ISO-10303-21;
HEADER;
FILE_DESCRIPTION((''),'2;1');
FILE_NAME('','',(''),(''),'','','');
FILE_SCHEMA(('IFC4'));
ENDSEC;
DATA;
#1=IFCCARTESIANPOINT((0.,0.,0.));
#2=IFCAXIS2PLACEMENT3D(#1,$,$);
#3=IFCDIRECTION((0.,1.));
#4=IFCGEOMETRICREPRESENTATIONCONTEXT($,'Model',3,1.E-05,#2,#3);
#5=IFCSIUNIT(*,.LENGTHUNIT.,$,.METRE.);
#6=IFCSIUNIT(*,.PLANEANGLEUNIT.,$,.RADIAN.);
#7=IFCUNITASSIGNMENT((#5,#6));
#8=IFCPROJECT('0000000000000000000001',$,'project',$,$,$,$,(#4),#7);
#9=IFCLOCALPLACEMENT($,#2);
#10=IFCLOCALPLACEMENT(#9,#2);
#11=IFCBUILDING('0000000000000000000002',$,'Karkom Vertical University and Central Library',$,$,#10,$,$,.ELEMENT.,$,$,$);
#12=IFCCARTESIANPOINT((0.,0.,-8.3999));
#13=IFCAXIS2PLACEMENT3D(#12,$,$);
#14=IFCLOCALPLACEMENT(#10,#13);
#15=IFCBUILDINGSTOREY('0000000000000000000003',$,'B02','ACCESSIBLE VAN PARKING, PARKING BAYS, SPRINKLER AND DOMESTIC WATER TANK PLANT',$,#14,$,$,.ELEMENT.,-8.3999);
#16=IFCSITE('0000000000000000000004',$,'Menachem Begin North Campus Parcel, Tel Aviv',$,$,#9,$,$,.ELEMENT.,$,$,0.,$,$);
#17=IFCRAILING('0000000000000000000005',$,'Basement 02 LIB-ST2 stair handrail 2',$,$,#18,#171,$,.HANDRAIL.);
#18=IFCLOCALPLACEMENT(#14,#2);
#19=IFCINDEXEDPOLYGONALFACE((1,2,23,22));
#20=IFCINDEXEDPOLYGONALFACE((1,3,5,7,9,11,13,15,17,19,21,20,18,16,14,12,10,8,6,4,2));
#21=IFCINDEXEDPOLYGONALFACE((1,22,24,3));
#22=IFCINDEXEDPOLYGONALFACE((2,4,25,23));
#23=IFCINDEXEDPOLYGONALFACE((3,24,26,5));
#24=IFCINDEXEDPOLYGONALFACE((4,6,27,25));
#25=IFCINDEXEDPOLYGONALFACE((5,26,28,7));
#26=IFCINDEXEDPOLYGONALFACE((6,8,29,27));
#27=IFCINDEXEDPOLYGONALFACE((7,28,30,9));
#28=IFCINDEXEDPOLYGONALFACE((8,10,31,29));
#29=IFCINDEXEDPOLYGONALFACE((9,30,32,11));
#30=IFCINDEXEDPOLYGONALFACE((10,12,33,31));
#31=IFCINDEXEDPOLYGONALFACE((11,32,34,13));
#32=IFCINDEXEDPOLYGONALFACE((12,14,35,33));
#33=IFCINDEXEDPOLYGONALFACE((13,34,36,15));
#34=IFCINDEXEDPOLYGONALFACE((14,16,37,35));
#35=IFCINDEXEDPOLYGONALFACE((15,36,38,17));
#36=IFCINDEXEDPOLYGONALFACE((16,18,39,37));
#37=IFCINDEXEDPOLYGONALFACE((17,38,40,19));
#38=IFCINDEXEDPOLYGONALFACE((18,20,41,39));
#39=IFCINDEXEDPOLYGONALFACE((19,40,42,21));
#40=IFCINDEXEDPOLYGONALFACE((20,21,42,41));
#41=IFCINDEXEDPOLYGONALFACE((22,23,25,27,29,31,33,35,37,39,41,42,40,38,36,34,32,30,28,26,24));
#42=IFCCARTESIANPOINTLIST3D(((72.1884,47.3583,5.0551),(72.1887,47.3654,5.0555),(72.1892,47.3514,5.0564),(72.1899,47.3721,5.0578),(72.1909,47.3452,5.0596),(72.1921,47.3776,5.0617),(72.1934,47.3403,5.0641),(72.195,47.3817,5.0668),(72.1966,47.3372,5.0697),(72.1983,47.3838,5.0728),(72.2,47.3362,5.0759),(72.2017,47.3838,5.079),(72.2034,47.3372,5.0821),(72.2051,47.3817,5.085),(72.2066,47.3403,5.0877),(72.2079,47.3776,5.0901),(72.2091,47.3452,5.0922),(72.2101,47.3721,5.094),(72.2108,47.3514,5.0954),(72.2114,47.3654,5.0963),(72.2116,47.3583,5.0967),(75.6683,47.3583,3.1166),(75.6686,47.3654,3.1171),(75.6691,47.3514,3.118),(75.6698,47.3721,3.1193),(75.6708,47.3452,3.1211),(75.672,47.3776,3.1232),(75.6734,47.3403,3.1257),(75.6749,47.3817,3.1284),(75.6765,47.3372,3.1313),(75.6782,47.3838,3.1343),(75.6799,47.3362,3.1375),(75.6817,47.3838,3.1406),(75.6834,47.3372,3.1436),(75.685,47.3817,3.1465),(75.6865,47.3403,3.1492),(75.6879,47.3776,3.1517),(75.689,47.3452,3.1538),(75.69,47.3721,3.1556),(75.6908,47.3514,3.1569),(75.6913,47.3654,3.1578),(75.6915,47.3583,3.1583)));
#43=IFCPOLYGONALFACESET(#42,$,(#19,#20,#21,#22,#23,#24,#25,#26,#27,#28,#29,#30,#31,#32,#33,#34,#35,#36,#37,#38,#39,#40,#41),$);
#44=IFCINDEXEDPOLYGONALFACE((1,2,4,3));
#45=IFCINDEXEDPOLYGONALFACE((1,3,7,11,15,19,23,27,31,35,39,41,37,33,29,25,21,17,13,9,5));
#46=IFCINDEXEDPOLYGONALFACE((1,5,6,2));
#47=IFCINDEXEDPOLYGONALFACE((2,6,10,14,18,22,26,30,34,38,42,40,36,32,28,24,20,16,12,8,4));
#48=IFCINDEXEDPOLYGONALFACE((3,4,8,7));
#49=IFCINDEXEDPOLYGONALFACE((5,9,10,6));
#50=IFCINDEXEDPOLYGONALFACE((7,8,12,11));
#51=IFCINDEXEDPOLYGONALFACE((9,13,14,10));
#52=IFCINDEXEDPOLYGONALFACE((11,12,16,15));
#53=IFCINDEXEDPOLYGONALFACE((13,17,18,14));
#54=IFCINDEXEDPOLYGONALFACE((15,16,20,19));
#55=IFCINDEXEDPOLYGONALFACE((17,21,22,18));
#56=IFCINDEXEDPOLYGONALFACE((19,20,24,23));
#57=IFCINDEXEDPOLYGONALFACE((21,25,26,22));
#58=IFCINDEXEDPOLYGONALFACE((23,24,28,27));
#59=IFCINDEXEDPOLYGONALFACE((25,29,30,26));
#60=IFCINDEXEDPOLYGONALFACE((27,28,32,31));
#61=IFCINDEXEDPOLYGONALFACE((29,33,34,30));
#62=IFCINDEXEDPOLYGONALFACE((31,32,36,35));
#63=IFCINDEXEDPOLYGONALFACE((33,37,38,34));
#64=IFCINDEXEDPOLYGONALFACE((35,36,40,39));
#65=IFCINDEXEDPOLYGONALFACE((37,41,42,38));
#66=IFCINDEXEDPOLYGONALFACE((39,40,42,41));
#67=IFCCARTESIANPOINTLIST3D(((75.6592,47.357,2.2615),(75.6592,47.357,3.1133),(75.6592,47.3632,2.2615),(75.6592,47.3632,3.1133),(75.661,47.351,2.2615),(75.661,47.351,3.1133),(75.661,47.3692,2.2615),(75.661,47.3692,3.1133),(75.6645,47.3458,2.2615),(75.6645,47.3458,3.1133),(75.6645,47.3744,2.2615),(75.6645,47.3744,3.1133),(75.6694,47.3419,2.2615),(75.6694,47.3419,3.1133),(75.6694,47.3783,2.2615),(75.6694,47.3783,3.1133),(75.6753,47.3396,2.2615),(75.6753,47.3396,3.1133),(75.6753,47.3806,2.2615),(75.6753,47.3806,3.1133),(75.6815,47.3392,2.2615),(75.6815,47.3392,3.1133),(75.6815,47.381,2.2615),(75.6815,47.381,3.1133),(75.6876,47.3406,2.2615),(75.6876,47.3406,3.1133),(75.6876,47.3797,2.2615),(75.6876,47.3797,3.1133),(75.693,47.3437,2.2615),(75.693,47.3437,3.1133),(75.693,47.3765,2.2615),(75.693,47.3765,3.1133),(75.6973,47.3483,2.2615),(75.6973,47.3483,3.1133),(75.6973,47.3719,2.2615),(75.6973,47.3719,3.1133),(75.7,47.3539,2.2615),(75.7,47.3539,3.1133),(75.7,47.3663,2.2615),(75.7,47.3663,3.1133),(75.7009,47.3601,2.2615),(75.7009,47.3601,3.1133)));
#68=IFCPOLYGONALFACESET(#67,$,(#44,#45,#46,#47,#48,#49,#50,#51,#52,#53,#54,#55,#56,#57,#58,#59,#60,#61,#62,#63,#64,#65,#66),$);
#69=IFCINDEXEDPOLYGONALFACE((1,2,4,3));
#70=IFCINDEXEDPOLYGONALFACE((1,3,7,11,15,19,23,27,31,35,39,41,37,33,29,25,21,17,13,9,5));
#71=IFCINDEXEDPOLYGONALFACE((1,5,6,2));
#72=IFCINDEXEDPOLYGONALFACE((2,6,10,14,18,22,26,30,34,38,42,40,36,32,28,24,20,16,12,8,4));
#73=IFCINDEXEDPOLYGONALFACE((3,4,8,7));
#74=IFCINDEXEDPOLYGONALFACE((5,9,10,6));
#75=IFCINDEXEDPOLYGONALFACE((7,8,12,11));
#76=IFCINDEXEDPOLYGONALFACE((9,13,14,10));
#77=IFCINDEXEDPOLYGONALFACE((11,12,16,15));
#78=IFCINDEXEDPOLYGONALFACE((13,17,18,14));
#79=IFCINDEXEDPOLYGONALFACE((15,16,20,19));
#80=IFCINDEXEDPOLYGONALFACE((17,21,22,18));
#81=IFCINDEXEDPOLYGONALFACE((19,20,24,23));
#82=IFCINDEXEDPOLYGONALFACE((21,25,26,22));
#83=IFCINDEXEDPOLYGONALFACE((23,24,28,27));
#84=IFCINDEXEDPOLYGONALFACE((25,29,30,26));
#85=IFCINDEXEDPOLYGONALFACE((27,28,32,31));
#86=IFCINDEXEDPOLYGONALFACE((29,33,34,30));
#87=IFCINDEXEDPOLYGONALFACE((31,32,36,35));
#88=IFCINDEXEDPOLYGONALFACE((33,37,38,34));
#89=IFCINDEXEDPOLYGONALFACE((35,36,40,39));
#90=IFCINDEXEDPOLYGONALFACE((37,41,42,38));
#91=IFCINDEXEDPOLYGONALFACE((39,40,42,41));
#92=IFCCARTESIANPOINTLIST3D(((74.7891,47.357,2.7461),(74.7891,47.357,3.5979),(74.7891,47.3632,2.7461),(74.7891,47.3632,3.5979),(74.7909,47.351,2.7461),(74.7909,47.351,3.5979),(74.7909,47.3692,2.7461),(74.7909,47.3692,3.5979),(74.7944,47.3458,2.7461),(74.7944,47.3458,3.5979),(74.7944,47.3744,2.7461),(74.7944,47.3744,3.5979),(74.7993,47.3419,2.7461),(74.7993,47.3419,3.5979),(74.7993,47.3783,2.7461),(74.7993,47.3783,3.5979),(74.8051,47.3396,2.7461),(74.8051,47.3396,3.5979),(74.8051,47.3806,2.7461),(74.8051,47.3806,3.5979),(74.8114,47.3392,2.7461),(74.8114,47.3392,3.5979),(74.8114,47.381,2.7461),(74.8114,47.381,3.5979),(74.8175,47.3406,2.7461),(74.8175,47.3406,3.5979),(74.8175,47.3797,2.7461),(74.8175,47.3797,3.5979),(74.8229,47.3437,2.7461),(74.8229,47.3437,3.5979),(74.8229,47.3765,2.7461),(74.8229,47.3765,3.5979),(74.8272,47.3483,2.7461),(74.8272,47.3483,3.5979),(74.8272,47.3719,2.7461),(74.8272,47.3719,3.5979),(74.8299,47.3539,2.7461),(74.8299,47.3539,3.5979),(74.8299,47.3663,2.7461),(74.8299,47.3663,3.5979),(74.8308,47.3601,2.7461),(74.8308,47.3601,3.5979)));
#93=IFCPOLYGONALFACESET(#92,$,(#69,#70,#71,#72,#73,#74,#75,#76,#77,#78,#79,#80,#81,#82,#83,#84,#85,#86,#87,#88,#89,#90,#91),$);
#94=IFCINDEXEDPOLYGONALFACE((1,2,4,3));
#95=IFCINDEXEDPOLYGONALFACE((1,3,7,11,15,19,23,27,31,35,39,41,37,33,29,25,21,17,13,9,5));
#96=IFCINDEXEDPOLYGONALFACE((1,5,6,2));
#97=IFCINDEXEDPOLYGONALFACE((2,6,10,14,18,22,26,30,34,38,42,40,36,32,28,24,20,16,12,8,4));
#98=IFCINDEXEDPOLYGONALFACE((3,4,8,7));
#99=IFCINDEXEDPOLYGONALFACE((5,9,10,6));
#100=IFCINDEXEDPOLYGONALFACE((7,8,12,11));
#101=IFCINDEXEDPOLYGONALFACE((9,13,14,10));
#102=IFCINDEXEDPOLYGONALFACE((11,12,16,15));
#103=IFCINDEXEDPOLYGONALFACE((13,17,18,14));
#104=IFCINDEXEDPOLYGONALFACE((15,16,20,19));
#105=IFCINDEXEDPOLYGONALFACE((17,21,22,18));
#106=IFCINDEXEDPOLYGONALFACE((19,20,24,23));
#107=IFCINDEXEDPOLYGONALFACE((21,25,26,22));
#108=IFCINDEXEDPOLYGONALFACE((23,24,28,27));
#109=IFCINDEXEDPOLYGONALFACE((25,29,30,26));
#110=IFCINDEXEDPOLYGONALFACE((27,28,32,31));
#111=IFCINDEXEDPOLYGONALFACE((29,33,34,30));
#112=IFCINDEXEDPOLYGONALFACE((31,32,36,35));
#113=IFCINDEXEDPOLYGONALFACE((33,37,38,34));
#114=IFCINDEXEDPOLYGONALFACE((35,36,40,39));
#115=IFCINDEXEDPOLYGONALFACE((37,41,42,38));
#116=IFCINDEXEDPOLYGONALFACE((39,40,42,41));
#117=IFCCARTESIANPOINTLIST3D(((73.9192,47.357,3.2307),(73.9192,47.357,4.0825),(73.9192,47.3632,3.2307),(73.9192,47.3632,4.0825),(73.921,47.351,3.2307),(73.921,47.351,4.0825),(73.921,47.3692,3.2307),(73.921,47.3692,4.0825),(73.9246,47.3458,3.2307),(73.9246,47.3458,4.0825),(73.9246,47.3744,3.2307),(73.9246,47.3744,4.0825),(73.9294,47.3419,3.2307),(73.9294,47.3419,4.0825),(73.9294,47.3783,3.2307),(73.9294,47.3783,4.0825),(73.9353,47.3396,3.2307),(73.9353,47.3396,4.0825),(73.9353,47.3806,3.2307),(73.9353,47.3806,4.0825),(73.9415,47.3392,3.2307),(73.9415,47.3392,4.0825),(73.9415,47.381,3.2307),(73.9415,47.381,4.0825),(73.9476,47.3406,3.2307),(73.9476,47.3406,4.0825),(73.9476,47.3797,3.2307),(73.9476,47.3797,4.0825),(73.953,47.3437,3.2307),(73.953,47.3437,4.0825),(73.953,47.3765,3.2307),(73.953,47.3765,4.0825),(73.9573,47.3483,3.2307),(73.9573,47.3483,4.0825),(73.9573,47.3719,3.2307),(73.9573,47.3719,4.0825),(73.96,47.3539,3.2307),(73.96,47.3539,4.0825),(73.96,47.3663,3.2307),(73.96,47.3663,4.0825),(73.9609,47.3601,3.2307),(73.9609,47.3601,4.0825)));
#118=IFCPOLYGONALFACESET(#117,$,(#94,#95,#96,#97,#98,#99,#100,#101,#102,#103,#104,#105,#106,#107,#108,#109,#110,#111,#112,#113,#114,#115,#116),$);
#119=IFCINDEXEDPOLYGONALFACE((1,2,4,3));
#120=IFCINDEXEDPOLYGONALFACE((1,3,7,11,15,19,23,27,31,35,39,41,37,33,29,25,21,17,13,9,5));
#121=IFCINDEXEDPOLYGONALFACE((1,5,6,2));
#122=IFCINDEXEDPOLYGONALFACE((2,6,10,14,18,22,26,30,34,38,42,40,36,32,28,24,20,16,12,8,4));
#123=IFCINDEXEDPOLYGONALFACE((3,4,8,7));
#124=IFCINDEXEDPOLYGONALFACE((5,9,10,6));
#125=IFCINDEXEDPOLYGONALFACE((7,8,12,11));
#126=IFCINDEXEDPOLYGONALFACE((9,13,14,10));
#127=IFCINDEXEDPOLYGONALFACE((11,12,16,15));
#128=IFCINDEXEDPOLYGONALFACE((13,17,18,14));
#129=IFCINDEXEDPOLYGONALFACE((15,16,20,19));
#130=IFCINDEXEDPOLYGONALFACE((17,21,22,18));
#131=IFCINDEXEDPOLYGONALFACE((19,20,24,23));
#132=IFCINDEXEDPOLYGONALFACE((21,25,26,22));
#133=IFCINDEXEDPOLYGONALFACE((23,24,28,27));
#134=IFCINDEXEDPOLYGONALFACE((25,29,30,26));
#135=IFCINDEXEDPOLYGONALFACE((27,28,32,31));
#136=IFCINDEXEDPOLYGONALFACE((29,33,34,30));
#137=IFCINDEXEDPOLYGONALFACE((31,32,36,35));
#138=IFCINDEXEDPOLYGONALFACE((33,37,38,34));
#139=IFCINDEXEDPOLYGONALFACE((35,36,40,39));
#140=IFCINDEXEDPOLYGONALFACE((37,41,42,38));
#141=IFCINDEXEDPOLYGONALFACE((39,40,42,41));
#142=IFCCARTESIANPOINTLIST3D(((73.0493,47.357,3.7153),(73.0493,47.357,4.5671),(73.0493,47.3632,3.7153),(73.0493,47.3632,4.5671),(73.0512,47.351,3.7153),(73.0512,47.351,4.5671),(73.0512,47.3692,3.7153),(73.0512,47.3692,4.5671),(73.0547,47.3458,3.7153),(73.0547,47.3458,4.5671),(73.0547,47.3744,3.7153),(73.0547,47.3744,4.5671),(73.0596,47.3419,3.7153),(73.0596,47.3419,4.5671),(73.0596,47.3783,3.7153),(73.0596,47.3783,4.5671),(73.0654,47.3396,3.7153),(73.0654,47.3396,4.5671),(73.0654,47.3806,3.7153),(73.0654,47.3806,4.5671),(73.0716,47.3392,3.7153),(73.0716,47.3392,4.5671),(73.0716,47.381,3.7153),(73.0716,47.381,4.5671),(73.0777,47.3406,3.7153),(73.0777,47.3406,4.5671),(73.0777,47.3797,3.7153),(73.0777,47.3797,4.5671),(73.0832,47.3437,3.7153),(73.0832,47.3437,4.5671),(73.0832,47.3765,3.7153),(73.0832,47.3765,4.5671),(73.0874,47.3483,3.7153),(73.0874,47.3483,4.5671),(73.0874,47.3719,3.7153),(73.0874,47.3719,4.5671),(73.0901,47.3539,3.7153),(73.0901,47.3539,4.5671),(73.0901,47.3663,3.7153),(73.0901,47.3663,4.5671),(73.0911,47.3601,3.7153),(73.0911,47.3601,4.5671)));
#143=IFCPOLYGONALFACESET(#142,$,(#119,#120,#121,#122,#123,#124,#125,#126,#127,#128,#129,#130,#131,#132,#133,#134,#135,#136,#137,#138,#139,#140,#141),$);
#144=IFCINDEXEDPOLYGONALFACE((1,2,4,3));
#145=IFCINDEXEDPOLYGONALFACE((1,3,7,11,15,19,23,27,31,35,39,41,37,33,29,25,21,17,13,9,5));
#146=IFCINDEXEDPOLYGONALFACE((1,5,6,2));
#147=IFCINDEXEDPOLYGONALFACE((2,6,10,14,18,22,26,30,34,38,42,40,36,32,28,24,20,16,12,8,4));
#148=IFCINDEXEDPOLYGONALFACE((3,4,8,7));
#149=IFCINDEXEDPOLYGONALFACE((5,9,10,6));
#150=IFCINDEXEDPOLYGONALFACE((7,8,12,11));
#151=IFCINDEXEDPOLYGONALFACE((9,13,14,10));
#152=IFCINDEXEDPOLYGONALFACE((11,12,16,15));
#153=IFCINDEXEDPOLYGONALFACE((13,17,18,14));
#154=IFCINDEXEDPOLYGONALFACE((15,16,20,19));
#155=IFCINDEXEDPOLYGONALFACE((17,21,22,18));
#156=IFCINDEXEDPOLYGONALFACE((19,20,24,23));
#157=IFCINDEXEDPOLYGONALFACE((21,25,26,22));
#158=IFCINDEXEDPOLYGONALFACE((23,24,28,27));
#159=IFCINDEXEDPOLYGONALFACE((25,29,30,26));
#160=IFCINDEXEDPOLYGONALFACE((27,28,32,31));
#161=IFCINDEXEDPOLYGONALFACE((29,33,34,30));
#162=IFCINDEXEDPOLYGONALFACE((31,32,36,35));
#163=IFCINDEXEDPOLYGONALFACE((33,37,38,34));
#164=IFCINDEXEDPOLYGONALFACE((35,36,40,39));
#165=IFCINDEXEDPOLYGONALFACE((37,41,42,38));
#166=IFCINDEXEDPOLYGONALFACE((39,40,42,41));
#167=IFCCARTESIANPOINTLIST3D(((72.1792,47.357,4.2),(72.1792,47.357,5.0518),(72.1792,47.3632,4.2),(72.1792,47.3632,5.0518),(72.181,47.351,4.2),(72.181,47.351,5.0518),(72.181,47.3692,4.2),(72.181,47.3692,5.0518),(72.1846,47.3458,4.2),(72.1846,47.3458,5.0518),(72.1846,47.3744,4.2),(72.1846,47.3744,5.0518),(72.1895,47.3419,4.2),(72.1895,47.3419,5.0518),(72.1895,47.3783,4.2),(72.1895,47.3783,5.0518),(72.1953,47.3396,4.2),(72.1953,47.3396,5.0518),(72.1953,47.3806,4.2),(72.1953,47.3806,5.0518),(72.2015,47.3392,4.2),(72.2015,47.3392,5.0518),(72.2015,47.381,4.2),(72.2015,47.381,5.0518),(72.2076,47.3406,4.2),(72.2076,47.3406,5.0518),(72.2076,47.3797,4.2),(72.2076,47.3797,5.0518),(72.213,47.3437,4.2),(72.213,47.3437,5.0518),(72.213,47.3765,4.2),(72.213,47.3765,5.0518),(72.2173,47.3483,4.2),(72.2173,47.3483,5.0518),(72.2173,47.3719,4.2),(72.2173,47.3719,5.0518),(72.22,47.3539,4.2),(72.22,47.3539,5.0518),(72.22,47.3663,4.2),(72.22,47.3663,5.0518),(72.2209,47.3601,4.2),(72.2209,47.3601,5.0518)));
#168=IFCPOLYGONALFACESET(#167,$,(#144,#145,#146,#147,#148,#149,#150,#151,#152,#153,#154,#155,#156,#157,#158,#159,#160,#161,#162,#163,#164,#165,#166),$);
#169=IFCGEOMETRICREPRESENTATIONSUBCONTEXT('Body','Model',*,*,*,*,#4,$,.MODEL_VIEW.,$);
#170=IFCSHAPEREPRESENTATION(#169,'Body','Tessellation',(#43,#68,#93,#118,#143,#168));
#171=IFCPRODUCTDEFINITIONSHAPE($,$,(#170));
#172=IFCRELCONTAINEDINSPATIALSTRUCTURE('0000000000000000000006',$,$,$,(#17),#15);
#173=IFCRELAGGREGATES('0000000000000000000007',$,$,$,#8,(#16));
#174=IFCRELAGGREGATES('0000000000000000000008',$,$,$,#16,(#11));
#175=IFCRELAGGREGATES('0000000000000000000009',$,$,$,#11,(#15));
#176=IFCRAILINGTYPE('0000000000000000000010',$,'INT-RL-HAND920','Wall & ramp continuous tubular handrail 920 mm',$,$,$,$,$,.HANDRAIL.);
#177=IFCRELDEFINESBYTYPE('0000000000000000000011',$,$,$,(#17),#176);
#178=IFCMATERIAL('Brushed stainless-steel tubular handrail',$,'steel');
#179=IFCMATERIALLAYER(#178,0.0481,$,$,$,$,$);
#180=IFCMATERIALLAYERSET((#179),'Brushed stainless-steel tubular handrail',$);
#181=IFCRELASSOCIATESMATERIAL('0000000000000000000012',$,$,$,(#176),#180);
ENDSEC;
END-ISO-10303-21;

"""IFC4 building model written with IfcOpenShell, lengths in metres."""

from ifc_helpers import new_model, si_unit, direction, frame, origin, origin_2d, place, context, subcontext, project, spatial, circle, extrude, material, layer, layer_set, type_object, element, save


model = new_model("IFC4")

# Units and contexts
model_context = context("Model", 3, precision=1e-05, world=origin(), true_north=direction((0.0, 1.0)))
body_context = subcontext(model_context, "Body", "Model", "MODEL_VIEW")
ifc_project = project(units=[si_unit("LENGTHUNIT", "METRE"), si_unit("PLANEANGLEUNIT", "RADIAN")], contexts=[model_context])

# Site, building, storey
site_placement = place(None, origin())
site = spatial("IfcSite", under=ifc_project, at=site_placement, Name="Menachem Begin North Campus Parcel, Tel Aviv", CompositionType="ELEMENT", RefElevation=0.0)
building_placement = place(site_placement, origin())
building = spatial("IfcBuilding", under=site, at=building_placement, Name="Karkom Vertical University and Central Library", CompositionType="ELEMENT")
storey_placement = place(building_placement, frame((0.0, 0.0, -8.3999)))
storey = spatial("IfcBuildingStorey", under=building, at=storey_placement, Name="B02", Description="ACCESSIBLE VAN PARKING, PARKING BAYS, SPRINKLER AND DOMESTIC WATER TANK PLANT", CompositionType="ELEMENT", Elevation=-8.3999)

# Railing
ifc_material_1 = material(Name="Brushed stainless-steel tubular handrail", Category="steel")
ifc_layer_1 = layer(ifc_material_1, 0.0481)
ifc_layer_set_1 = layer_set([ifc_layer_1], Name="Brushed stainless-steel tubular handrail")
railing_type_1 = type_object("IfcRailingType", Name="INT-RL-HAND920", Description="Wall & ramp continuous tubular handrail 920 mm", PredefinedType="HANDRAIL", material=ifc_layer_set_1)
railing_1_placement = place(storey_placement, frame((75.6799, 47.3601, 2.2615)))
element("IfcRailing", 1, at=railing_1_placement, inside=storey, type_object=railing_type_1, Name="Basement 02 LIB-ST2 stair handrail 2", PredefinedType="HANDRAIL", context=body_context, shape_type="SweptSolid", body=[
    extrude(circle(Radius=0.0239, at=origin_2d()), frame((0.0, 0.0, 0.876), z_axis=(-0.873607, 0.0, 0.486631), x_axis=(0.0, -1.0, 0.0)), (0.0, 0.0, 1.0), 3.9834),
    extrude(circle(Radius=0.021, at=origin_2d()), origin(), (0.0, 0.0, 1.0), 0.8518),
    extrude(circle(Radius=0.021, at=origin_2d()), frame((-0.8701, 0.0, 0.4846)), (0.0, 0.0, 1.0), 0.8518),
    extrude(circle(Radius=0.021, at=origin_2d()), frame((-1.74, 0.0, 0.9692)), (0.0, 0.0, 1.0), 0.8518),
    extrude(circle(Radius=0.021, at=origin_2d()), frame((-2.6099, 0.0, 1.4539)), (0.0, 0.0, 1.0), 0.8518),
    extrude(circle(Radius=0.021, at=origin_2d()), frame((-3.48, 0.0, 1.9385)), (0.0, 0.0, 1.0), 0.8518),
])

save(model, "model.ifc")
